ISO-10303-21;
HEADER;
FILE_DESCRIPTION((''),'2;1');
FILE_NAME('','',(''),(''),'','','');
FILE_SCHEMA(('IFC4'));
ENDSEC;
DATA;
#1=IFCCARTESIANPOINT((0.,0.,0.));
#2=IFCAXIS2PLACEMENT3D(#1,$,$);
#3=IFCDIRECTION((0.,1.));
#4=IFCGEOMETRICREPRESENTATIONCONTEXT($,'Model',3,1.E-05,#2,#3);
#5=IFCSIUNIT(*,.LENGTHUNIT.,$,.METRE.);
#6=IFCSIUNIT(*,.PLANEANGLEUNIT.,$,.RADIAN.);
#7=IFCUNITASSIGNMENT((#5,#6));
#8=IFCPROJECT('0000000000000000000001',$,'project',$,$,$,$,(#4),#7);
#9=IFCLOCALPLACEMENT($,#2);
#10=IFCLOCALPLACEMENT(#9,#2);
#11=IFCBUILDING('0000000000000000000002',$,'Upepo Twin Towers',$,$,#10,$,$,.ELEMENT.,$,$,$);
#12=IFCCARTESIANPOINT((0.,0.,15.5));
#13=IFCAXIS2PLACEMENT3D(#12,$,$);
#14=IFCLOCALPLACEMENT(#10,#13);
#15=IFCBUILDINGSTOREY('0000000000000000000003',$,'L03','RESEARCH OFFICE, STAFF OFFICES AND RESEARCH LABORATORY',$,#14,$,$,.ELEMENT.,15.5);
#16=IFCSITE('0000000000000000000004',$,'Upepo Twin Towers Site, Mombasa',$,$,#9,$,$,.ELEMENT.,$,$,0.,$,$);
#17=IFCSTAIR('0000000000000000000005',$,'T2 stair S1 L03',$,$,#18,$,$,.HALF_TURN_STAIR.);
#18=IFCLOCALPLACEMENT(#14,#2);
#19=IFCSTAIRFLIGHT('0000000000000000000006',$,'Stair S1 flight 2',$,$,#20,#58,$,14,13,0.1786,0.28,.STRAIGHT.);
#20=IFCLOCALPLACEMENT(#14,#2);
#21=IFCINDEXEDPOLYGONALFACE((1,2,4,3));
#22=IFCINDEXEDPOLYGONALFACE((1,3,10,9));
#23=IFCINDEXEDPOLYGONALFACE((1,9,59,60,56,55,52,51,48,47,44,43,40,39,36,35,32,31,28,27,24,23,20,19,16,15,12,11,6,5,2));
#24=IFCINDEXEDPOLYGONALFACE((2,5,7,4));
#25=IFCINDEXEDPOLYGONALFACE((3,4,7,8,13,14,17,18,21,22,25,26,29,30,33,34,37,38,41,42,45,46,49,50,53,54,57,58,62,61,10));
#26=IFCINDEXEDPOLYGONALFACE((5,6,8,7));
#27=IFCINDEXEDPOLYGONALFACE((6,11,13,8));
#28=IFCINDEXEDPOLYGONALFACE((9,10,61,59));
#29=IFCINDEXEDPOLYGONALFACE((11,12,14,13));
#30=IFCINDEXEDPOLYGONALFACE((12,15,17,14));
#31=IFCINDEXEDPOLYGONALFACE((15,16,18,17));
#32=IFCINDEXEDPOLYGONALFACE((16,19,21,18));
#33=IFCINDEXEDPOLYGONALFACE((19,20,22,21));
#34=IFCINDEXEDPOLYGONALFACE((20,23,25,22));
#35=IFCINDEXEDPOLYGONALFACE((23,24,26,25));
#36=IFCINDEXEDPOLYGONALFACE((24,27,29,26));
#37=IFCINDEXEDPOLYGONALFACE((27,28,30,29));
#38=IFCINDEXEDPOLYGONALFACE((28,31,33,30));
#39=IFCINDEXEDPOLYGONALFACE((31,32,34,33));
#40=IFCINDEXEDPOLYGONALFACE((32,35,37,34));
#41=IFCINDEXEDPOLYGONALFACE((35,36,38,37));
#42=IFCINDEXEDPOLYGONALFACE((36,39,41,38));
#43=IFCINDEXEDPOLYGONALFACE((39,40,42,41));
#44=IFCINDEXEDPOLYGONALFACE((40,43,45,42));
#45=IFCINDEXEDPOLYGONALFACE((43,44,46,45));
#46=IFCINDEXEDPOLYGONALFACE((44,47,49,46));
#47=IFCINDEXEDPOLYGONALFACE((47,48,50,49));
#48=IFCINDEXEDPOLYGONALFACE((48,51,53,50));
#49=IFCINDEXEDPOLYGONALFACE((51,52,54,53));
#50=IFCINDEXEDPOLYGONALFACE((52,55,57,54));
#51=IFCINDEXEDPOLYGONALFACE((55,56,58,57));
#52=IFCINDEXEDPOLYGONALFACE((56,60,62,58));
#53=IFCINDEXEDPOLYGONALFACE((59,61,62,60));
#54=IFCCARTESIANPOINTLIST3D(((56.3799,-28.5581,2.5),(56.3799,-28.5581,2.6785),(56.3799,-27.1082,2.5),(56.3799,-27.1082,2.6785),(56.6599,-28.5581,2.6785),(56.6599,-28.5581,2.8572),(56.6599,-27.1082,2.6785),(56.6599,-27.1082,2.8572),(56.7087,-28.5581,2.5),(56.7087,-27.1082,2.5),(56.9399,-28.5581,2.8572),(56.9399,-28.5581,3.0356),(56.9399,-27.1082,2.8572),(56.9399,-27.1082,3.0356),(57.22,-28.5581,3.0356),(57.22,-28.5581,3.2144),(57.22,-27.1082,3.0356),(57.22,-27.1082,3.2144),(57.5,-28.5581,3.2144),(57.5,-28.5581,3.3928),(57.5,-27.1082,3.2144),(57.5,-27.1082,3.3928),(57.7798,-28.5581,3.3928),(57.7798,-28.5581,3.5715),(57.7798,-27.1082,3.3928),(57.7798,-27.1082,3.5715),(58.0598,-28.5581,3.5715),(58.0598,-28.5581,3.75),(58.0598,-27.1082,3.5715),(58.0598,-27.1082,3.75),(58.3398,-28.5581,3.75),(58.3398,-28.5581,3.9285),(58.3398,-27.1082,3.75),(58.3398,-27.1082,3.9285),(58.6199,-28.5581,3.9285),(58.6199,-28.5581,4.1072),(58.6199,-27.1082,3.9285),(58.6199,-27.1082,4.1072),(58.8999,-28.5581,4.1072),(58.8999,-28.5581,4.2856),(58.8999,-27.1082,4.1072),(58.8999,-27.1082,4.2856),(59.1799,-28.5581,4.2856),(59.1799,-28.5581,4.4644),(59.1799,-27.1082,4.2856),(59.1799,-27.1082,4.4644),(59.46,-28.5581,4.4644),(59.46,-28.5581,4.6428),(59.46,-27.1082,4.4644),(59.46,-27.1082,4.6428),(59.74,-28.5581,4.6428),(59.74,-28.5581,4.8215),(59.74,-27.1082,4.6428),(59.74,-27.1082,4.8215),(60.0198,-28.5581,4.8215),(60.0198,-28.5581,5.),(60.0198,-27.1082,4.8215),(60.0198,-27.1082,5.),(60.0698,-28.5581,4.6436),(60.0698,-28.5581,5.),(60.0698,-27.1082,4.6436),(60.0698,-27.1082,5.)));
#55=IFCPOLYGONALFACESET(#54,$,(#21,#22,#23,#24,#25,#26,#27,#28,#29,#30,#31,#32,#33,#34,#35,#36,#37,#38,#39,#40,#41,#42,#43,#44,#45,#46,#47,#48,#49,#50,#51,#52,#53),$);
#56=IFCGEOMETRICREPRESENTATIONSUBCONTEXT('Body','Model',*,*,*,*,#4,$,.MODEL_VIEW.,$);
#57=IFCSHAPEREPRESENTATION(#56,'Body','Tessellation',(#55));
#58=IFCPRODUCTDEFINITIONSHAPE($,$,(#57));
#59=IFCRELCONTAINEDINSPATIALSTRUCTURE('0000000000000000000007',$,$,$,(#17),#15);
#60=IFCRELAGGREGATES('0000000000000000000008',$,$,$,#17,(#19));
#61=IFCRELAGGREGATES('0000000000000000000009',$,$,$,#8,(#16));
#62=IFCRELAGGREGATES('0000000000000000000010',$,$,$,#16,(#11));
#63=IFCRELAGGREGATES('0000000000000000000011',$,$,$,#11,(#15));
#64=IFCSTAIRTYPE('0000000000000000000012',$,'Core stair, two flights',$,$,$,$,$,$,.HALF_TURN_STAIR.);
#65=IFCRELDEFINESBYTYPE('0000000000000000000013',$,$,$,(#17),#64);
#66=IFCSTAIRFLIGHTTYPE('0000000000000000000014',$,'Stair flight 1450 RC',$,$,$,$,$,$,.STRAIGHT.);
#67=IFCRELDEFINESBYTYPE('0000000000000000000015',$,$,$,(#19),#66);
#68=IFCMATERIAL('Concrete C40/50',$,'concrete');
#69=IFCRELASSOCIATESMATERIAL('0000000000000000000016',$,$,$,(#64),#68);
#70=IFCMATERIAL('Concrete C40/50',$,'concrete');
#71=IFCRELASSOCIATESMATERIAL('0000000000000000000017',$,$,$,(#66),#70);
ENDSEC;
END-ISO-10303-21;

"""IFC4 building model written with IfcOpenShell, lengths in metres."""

from ifc_helpers import new_model, si_unit, direction, frame, origin, place, context, subcontext, project, spatial, polyline, outline, extrude, material, type_object, element, aggregate, save


model = new_model("IFC4")

# Units and contexts
model_context = context("Model", 3, precision=1e-05, world=origin(), true_north=direction((0.0, 1.0)))
body_context = subcontext(model_context, "Body", "Model", "MODEL_VIEW")
ifc_project = project(units=[si_unit("LENGTHUNIT", "METRE"), si_unit("PLANEANGLEUNIT", "RADIAN")], contexts=[model_context])

# Site, building, storey
site_placement = place(None, origin())
site = spatial("IfcSite", under=ifc_project, at=site_placement, Name="Upepo Twin Towers Site, Mombasa", CompositionType="ELEMENT", RefElevation=0.0)
building_placement = place(site_placement, origin())
building = spatial("IfcBuilding", under=site, at=building_placement, Name="Upepo Twin Towers", CompositionType="ELEMENT")
storey_placement = place(building_placement, frame((0.0, 0.0, 15.5)))
storey = spatial("IfcBuildingStorey", under=building, at=storey_placement, Name="L03", Description="RESEARCH OFFICE, STAFF OFFICES AND RESEARCH LABORATORY", CompositionType="ELEMENT", Elevation=15.5)

# Stair, stair flight
ifc_material_1 = material(Name="Concrete C40/50", Category="concrete")
stair_type = type_object("IfcStairType", Name="Core stair, two flights", PredefinedType="HALF_TURN_STAIR", material=ifc_material_1)
stair_placement = place(storey_placement, origin())
stair = element("IfcStair", 1, at=stair_placement, inside=storey, type_object=stair_type, Name="T2 stair S1 L03", PredefinedType="HALF_TURN_STAIR")
ifc_material_2 = material(Name="Concrete C40/50", Category="concrete")
stair_flight_type = type_object("IfcStairFlightType", Name="Stair flight 1450 RC", PredefinedType="STRAIGHT", material=ifc_material_2)
stair_flight_1_placement = place(storey_placement, frame((56.3799, -27.8333, 2.5), z_axis=(0.0, 0.0, 1.0), x_axis=(1.0, 0.0, 0.0)))
stair_flight_1 = element("IfcStairFlight", 2, at=stair_flight_1_placement, type_object=stair_flight_type, Name="Stair S1 flight 2", NumberOfRisers=14, NumberOfTreads=13, PredefinedType="STRAIGHT", RiserHeight=0.1786, TreadLength=0.28, context=body_context, shape_type="SweptSolid", body=[
    extrude(outline(polyline([(0.0, 0.0), (0.0, 0.1785), (0.28, 0.1785), (0.28, 0.3572), (0.5601, 0.3572), (0.5601, 0.5356), (0.8401, 0.5356), (0.8401, 0.7144), (1.1201, 0.7144), (1.1201, 0.8928), (1.3999, 0.8928), (1.3999, 1.0715), (1.6799, 1.0715), (1.6799, 1.25), (1.96, 1.25), (1.96, 1.4285), (2.24, 1.4285), (2.24, 1.6072), (2.52, 1.6072), (2.52, 1.7856), (2.8, 1.7856), (2.8, 1.9644), (3.0801, 1.9644), (3.0801, 2.1428), (3.3601, 2.1428), (3.3601, 2.3215), (3.6399, 2.3215), (3.6399, 2.5), (3.6899, 2.5), (3.6899, 2.1436), (0.3289, 0.0), (0.0, 0.0)])), frame((0.0, 0.7251, 0.0), z_axis=(0.0, -1.0, 0.0), x_axis=(1.0, 0.0, 0.0)), (0.0, 0.0, 1.0), 1.45),
])
aggregate(stair, [stair_flight_1])

save(model, "model.ifc")
